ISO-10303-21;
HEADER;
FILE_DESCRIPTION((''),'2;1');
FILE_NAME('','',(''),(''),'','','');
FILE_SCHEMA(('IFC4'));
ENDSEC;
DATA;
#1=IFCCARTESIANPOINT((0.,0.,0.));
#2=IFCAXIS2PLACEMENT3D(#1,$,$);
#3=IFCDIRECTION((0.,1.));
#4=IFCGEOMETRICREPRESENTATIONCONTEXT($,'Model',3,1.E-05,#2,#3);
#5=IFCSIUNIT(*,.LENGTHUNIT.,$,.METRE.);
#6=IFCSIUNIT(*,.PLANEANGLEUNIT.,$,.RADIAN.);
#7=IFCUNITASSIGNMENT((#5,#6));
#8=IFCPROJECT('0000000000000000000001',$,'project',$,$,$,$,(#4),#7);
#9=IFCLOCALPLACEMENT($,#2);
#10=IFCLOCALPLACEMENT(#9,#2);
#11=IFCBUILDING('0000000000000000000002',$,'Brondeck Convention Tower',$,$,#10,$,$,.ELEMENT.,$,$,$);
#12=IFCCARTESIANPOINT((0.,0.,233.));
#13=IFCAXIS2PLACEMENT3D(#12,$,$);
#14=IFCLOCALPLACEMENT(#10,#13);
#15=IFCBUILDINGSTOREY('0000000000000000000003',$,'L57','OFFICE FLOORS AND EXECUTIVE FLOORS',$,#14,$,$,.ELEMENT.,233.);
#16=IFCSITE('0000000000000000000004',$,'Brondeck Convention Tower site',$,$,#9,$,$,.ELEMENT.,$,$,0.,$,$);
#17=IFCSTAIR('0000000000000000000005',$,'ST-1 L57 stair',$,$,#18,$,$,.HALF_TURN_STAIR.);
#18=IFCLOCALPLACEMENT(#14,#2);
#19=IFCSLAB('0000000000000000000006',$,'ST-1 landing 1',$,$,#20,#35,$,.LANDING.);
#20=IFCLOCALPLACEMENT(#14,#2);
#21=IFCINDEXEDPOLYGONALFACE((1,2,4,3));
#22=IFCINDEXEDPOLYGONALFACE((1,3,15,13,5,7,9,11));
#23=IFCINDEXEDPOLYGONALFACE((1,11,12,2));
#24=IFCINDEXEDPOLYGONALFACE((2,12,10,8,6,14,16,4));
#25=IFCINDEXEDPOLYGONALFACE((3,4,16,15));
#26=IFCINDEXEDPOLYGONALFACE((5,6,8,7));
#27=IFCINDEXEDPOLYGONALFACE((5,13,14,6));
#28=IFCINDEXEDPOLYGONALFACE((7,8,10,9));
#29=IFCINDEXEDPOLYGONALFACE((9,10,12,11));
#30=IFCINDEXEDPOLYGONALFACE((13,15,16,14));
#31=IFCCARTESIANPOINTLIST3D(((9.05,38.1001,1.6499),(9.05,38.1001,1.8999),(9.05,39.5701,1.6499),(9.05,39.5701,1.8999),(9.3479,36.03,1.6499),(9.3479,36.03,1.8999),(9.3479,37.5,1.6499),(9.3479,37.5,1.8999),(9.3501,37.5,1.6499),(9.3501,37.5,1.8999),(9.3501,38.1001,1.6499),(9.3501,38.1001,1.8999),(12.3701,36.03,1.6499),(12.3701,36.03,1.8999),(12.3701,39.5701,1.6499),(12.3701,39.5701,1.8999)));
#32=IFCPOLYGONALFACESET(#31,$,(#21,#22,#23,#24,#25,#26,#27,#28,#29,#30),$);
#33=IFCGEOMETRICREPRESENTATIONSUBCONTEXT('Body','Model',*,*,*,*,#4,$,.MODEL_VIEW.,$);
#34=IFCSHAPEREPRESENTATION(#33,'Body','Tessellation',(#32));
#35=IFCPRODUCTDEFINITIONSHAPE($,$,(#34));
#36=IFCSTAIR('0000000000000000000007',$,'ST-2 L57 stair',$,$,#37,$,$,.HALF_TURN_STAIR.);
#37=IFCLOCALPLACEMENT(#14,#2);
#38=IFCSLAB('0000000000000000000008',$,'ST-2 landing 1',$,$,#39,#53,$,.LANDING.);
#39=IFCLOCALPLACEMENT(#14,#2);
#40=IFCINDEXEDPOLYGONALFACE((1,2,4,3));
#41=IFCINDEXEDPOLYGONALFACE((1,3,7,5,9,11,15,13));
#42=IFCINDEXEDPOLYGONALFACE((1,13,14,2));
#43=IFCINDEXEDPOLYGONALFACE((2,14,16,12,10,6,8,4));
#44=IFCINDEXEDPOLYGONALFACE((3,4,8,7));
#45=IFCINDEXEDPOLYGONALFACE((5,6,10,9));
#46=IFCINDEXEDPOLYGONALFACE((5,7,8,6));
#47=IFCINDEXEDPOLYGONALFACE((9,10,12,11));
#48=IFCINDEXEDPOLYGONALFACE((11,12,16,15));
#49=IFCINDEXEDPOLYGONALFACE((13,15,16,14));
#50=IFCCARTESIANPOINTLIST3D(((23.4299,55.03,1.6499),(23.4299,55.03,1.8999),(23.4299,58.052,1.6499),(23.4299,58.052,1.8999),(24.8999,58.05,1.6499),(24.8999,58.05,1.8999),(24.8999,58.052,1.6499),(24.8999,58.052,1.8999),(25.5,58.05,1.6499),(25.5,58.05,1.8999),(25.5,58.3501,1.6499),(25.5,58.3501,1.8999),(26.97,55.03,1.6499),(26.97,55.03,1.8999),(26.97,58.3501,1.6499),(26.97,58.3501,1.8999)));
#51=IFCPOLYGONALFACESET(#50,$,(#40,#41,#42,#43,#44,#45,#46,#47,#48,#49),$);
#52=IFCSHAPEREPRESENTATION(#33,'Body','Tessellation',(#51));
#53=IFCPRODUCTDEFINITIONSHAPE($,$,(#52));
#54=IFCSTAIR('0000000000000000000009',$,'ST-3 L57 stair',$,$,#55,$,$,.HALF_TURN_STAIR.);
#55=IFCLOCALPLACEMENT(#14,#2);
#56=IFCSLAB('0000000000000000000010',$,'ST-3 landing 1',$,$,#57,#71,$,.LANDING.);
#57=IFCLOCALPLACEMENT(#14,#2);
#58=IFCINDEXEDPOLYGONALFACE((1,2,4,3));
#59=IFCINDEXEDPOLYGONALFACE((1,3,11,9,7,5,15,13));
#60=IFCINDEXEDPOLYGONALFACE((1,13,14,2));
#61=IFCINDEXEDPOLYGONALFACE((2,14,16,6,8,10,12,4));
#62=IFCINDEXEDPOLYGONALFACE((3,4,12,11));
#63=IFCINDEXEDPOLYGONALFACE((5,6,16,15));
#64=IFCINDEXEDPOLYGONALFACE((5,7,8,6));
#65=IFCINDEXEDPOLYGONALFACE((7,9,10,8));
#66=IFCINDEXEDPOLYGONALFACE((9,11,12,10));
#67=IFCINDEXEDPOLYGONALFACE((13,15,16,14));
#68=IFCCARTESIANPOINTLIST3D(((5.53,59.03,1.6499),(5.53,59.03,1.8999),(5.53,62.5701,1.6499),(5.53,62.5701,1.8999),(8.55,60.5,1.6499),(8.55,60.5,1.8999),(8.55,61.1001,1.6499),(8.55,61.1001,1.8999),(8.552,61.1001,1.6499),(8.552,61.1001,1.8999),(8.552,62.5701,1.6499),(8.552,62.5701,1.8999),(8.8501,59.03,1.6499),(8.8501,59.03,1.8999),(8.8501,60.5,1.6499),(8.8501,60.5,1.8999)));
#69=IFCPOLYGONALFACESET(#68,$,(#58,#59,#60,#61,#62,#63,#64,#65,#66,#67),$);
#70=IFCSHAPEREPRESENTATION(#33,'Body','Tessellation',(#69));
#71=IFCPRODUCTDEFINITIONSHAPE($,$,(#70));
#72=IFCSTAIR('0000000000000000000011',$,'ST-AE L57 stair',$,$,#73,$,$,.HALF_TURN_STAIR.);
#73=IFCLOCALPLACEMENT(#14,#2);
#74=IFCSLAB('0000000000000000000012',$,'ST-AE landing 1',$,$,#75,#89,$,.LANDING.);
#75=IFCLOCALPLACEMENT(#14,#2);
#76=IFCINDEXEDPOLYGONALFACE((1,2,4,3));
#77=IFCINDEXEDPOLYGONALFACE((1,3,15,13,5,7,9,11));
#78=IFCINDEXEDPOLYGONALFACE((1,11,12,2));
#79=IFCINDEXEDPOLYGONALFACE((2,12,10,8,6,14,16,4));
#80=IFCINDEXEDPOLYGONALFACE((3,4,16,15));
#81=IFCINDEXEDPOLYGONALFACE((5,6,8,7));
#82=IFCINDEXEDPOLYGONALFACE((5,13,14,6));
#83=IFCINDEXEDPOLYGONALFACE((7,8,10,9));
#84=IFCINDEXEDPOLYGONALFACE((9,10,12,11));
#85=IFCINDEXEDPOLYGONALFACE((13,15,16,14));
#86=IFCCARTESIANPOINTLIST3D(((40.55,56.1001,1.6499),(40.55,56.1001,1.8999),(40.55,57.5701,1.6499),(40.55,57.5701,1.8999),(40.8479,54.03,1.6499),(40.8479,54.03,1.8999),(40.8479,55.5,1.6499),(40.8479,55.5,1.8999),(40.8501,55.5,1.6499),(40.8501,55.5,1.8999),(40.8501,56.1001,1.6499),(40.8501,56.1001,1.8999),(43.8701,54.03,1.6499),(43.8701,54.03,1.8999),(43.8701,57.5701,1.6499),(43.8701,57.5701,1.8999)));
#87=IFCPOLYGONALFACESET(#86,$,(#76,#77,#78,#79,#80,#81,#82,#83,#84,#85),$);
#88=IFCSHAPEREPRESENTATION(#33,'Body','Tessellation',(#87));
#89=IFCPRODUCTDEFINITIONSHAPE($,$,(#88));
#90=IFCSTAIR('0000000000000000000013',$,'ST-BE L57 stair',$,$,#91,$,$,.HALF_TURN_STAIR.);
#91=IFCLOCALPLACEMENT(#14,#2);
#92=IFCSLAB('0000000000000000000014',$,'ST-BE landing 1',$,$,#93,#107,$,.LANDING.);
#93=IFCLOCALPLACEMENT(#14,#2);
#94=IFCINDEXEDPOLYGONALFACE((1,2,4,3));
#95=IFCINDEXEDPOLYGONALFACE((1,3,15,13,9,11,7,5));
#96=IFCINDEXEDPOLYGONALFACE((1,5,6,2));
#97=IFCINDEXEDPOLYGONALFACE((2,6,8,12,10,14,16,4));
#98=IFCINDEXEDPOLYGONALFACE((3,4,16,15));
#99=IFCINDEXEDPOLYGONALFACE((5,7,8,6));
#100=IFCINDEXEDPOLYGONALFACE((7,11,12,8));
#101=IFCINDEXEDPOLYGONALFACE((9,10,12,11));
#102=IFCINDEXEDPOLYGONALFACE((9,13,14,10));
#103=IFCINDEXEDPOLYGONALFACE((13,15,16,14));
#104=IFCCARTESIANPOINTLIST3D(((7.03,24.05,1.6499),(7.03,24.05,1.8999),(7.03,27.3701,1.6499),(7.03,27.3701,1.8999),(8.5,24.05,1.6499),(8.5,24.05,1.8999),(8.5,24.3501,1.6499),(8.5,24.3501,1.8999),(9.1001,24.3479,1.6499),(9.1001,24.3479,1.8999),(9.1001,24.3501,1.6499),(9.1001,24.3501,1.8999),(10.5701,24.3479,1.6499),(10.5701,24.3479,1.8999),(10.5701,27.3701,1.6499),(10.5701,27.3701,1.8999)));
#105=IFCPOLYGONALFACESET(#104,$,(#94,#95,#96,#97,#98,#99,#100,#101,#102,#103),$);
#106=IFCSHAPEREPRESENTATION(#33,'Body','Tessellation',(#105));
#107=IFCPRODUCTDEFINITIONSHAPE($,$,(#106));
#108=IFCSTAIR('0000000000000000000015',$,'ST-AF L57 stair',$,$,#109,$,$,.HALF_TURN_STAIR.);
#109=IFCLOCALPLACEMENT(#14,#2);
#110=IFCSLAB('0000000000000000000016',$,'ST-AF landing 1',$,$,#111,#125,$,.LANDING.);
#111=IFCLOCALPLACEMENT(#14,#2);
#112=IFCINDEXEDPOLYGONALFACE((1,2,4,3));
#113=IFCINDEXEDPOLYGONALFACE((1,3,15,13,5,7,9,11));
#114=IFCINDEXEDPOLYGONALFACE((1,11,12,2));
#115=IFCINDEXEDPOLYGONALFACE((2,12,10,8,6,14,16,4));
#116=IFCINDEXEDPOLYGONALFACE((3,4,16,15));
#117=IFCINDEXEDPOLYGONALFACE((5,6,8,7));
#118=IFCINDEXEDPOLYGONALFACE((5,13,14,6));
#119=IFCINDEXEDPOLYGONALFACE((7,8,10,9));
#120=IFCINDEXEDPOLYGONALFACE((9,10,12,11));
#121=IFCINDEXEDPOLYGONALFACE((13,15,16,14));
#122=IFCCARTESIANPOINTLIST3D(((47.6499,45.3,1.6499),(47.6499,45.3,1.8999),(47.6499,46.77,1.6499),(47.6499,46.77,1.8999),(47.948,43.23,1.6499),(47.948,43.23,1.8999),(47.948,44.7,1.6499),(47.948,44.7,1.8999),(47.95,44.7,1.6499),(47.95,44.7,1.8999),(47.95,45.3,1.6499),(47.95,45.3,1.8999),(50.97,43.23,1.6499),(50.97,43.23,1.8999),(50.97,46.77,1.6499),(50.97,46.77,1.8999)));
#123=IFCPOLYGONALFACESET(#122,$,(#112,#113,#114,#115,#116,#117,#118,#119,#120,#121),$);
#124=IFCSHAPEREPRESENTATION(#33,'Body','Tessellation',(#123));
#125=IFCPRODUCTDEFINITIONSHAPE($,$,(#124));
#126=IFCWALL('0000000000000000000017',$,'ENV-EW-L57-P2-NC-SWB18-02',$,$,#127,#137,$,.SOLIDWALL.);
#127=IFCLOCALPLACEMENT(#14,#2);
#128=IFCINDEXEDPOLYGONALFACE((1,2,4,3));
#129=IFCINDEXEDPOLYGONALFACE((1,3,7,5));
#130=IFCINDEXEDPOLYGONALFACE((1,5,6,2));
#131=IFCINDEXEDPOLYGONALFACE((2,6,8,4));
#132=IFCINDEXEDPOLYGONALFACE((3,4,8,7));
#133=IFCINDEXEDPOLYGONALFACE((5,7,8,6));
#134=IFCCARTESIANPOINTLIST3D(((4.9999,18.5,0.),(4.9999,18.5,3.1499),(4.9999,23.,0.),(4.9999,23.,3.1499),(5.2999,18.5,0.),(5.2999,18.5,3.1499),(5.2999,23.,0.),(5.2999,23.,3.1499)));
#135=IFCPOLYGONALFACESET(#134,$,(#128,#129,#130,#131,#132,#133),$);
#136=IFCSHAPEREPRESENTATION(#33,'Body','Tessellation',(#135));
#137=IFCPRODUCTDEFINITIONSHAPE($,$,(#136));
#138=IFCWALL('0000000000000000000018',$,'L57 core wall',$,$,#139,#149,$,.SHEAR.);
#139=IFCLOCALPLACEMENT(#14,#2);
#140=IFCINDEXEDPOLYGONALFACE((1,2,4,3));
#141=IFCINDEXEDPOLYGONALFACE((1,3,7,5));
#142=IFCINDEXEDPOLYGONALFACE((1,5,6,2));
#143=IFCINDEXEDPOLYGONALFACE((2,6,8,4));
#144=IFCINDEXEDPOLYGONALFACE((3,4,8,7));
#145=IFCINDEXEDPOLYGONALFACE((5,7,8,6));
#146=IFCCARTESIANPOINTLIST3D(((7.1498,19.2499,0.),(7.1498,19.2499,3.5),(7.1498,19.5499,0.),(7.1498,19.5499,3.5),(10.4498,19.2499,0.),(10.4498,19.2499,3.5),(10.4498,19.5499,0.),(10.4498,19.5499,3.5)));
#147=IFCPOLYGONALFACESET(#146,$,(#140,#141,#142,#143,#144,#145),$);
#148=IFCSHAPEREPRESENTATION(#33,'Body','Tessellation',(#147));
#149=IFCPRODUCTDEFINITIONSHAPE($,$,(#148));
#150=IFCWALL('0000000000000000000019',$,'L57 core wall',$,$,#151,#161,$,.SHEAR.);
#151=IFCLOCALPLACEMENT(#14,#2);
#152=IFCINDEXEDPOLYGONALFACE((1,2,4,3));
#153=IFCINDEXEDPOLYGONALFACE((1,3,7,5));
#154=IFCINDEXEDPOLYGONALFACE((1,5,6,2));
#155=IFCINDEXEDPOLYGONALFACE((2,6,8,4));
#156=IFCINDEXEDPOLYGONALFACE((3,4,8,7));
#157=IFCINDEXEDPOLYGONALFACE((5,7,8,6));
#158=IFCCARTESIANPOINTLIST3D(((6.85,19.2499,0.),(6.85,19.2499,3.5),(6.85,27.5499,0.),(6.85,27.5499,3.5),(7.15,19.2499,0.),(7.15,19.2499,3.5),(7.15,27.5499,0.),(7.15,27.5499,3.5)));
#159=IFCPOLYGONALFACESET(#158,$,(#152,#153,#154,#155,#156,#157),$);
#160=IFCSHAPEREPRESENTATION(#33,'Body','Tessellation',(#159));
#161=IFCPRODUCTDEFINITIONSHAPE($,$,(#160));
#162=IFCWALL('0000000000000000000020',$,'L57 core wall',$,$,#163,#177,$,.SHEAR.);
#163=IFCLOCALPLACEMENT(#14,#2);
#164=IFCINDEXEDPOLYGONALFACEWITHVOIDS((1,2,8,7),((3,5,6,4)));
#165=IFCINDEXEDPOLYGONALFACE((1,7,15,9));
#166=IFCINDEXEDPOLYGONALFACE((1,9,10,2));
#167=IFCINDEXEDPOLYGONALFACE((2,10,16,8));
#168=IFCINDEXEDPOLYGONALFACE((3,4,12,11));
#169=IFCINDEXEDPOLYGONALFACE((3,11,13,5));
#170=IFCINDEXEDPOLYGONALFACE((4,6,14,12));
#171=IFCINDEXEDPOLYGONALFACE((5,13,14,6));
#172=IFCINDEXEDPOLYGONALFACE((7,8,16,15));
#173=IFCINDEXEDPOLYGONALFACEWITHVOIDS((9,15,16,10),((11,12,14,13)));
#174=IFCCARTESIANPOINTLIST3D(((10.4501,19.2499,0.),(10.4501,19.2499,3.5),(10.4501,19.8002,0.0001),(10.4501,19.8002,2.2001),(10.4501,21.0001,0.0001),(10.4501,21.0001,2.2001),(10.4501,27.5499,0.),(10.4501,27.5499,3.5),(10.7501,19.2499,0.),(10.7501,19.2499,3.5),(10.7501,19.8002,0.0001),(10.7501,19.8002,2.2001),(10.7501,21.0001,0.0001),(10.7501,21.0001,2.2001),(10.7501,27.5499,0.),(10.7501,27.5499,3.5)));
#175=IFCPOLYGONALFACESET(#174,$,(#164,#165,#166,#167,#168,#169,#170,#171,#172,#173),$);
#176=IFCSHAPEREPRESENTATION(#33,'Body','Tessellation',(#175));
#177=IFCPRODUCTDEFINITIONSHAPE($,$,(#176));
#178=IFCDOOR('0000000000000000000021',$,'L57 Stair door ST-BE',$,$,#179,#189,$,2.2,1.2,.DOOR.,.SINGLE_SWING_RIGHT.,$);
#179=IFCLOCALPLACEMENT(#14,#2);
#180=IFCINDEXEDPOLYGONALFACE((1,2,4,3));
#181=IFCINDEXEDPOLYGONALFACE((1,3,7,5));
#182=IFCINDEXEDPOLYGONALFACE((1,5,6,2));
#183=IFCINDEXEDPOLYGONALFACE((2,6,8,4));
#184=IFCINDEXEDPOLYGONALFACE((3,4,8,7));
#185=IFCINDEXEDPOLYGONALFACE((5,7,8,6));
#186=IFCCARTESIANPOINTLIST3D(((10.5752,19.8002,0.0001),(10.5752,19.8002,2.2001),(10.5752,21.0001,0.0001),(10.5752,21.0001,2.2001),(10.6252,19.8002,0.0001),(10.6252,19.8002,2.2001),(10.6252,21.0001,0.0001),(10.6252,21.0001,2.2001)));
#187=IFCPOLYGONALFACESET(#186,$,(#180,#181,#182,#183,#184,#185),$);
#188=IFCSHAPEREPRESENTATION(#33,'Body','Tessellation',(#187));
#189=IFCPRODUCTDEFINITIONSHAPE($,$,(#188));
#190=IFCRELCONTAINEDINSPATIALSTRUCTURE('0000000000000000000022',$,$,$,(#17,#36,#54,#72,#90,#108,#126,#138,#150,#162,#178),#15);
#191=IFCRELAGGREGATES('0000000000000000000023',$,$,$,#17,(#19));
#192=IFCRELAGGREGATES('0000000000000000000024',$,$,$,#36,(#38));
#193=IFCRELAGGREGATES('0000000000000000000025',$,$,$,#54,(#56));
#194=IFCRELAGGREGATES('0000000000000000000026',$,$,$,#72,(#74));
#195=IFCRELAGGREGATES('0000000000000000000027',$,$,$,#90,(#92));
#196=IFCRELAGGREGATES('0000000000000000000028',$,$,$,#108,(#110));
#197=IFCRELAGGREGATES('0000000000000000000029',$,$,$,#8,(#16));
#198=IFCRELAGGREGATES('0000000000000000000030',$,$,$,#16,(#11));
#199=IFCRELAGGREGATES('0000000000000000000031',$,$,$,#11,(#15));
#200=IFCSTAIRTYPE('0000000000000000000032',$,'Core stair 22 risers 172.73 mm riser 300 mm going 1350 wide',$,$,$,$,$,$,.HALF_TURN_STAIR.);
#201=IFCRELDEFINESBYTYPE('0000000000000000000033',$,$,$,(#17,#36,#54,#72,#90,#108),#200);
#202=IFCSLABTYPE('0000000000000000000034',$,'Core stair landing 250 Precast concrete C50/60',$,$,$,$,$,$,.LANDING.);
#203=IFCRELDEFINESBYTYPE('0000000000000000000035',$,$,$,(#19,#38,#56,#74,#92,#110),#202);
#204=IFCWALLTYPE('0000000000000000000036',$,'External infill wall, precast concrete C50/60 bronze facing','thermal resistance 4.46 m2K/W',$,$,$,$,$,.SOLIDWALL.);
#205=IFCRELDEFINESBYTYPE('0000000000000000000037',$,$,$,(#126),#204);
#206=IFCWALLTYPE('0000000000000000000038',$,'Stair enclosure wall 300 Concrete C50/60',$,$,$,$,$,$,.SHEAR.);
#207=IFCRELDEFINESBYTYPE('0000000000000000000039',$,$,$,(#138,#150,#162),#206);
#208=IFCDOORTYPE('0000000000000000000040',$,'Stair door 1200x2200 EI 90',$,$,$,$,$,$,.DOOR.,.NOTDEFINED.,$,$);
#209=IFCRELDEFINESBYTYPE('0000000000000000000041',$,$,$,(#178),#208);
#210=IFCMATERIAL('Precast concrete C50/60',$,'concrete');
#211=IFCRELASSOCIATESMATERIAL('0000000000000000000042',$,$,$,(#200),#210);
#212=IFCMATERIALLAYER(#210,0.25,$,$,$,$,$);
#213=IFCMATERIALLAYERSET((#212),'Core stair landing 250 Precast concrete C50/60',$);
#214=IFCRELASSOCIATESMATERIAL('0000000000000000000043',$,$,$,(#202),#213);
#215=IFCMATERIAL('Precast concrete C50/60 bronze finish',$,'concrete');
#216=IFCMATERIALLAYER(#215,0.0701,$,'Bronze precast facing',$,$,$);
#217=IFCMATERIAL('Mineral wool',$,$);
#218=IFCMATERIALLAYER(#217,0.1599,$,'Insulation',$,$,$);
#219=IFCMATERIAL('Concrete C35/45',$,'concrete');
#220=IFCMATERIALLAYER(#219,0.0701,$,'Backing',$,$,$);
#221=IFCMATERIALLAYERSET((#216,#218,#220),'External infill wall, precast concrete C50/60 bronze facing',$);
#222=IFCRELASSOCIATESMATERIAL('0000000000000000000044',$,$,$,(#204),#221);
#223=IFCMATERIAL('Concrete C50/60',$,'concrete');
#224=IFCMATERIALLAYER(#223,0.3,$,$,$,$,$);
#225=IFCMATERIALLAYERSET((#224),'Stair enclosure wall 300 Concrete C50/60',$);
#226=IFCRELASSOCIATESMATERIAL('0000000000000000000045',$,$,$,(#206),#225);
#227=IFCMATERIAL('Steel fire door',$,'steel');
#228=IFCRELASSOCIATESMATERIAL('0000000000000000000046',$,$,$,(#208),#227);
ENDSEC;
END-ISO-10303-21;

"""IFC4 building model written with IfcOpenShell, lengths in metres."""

from ifc_helpers import new_model, si_unit, direction, frame, frame_2d, origin, place, context, subcontext, project, spatial, polyline, rectangle, outline, extrude, material, layer, layer_set, type_object, element, fill, aggregate, save


model = new_model("IFC4")

# Units and contexts
model_context = context("Model", 3, precision=1e-05, world=origin(), true_north=direction((0.0, 1.0)))
body_context = subcontext(model_context, "Body", "Model", "MODEL_VIEW")
ifc_project = project(units=[si_unit("LENGTHUNIT", "METRE"), si_unit("PLANEANGLEUNIT", "RADIAN")], contexts=[model_context])

# Site, building, storey
site_placement = place(None, origin())
site = spatial("IfcSite", under=ifc_project, at=site_placement, Name="Brondeck Convention Tower site", CompositionType="ELEMENT", RefElevation=0.0)
building_placement = place(site_placement, origin())
building = spatial("IfcBuilding", under=site, at=building_placement, Name="Brondeck Convention Tower", CompositionType="ELEMENT")
storey_placement = place(building_placement, frame((0.0, 0.0, 233.0)))
storey = spatial("IfcBuildingStorey", under=building, at=storey_placement, Name="L57", Description="OFFICE FLOORS AND EXECUTIVE FLOORS", CompositionType="ELEMENT", Elevation=233.0)

# Shared definitions
ifc_material_1 = material(Name="Concrete C50/60", Category="concrete")

# Shared definitions
ifc_material_2 = material(Name="Concrete C35/45", Category="concrete")

# Stairs, slabs
ifc_material_3 = material(Name="Precast concrete C50/60", Category="concrete")
stair_type = type_object("IfcStairType", Name="Core stair 22 risers 172.73 mm riser 300 mm going 1350 wide", PredefinedType="HALF_TURN_STAIR", material=ifc_material_3)
stair_1_placement = place(storey_placement, origin())
stair_1 = element("IfcStair", 1, at=stair_1_placement, inside=storey, type_object=stair_type, Name="ST-1 L57 stair", PredefinedType="HALF_TURN_STAIR")
ifc_layer_1 = layer(ifc_material_3, 0.25)
ifc_layer_set_1 = layer_set([ifc_layer_1], Name="Core stair landing 250 Precast concrete C50/60")
slab_type_1 = type_object("IfcSlabType", Name="Core stair landing 250 Precast concrete C50/60", PredefinedType="LANDING", material=ifc_layer_set_1)
slab_1_placement = place(storey_placement, frame((0.0, 0.0, 1.6499)))
slab_1 = element("IfcSlab", 2, at=slab_1_placement, type_object=slab_type_1, Name="ST-1 landing 1", PredefinedType="LANDING", context=body_context, shape_type="SweptSolid", body=[
    extrude(outline(polyline([(9.3479, 37.5), (9.3501, 37.5), (9.3501, 38.1001), (9.05, 38.1001), (9.05, 39.5701), (12.3701, 39.5701), (12.3701, 36.03), (9.3479, 36.03), (9.3479, 37.5)])), origin(), (0.0, 0.0, 1.0), 0.25),
])
aggregate(stair_1, [slab_1])
stair_2_placement = place(storey_placement, origin())
stair_2 = element("IfcStair", 3, at=stair_2_placement, inside=storey, type_object=stair_type, Name="ST-2 L57 stair", PredefinedType="HALF_TURN_STAIR")
slab_2_placement = place(storey_placement, frame((0.0, 0.0, 1.6499)))
slab_2 = element("IfcSlab", 4, at=slab_2_placement, type_object=slab_type_1, Name="ST-2 landing 1", PredefinedType="LANDING", context=body_context, shape_type="SweptSolid", body=[
    extrude(outline(polyline([(23.4299, 58.052), (24.8999, 58.052), (24.8999, 58.05), (25.5, 58.05), (25.5, 58.3501), (26.97, 58.3501), (26.97, 55.03), (23.4299, 55.03), (23.4299, 58.052)])), origin(), (0.0, 0.0, 1.0), 0.25),
])
aggregate(stair_2, [slab_2])
stair_3_placement = place(storey_placement, origin())
stair_3 = element("IfcStair", 5, at=stair_3_placement, inside=storey, type_object=stair_type, Name="ST-3 L57 stair", PredefinedType="HALF_TURN_STAIR")
slab_3_placement = place(storey_placement, frame((0.0, 0.0, 1.6499)))
slab_3 = element("IfcSlab", 6, at=slab_3_placement, type_object=slab_type_1, Name="ST-3 landing 1", PredefinedType="LANDING", context=body_context, shape_type="SweptSolid", body=[
    extrude(outline(polyline([(8.8501, 60.5), (8.8501, 59.03), (5.53, 59.03), (5.53, 62.5701), (8.552, 62.5701), (8.552, 61.1001), (8.55, 61.1001), (8.55, 60.5), (8.8501, 60.5)])), origin(), (0.0, 0.0, 1.0), 0.25),
])
aggregate(stair_3, [slab_3])
stair_4_placement = place(storey_placement, origin())
stair_4 = element("IfcStair", 7, at=stair_4_placement, inside=storey, type_object=stair_type, Name="ST-AE L57 stair", PredefinedType="HALF_TURN_STAIR")
slab_4_placement = place(storey_placement, frame((0.0, 0.0, 1.6499)))
slab_4 = element("IfcSlab", 8, at=slab_4_placement, type_object=slab_type_1, Name="ST-AE landing 1", PredefinedType="LANDING", context=body_context, shape_type="SweptSolid", body=[
    extrude(outline(polyline([(40.8479, 55.5), (40.8501, 55.5), (40.8501, 56.1001), (40.55, 56.1001), (40.55, 57.5701), (43.8701, 57.5701), (43.8701, 54.03), (40.8479, 54.03), (40.8479, 55.5)])), origin(), (0.0, 0.0, 1.0), 0.25),
])
aggregate(stair_4, [slab_4])
stair_5_placement = place(storey_placement, origin())
stair_5 = element("IfcStair", 9, at=stair_5_placement, inside=storey, type_object=stair_type, Name="ST-BE L57 stair", PredefinedType="HALF_TURN_STAIR")
slab_5_placement = place(storey_placement, frame((0.0, 0.0, 1.6499)))
slab_5 = element("IfcSlab", 10, at=slab_5_placement, type_object=slab_type_1, Name="ST-BE landing 1", PredefinedType="LANDING", context=body_context, shape_type="SweptSolid", body=[
    extrude(outline(polyline([(7.03, 24.05), (7.03, 27.3701), (10.5701, 27.3701), (10.5701, 24.3479), (9.1001, 24.3479), (9.1001, 24.3501), (8.5, 24.3501), (8.5, 24.05), (7.03, 24.05)])), origin(), (0.0, 0.0, 1.0), 0.25),
])
aggregate(stair_5, [slab_5])
stair_6_placement = place(storey_placement, origin())
stair_6 = element("IfcStair", 11, at=stair_6_placement, inside=storey, type_object=stair_type, Name="ST-AF L57 stair", PredefinedType="HALF_TURN_STAIR")
slab_6_placement = place(storey_placement, frame((0.0, 0.0, 1.6499)))
slab_6 = element("IfcSlab", 12, at=slab_6_placement, type_object=slab_type_1, Name="ST-AF landing 1", PredefinedType="LANDING", context=body_context, shape_type="SweptSolid", body=[
    extrude(outline(polyline([(47.948, 44.7), (47.95, 44.7), (47.95, 45.3), (47.6499, 45.3), (47.6499, 46.77), (50.97, 46.77), (50.97, 43.23), (47.948, 43.23), (47.948, 44.7)])), origin(), (0.0, 0.0, 1.0), 0.25),
])
aggregate(stair_6, [slab_6])

# Walls
ifc_material_4 = material(Name="Precast concrete C50/60 bronze finish", Category="concrete")
ifc_layer_2 = layer(ifc_material_4, 0.0701, Name="Bronze precast facing")
ifc_material_5 = material(Name="Mineral wool")
ifc_layer_3 = layer(ifc_material_5, 0.1599, Name="Insulation")
ifc_layer_4 = layer(ifc_material_2, 0.0701, Name="Backing")
ifc_layer_set_2 = layer_set([ifc_layer_2, ifc_layer_3, ifc_layer_4], Name="External infill wall, precast concrete C50/60 bronze facing")
wall_type_1 = type_object("IfcWallType", Name="External infill wall, precast concrete C50/60 bronze facing", Description="thermal resistance 4.46 m2K/W", PredefinedType="SOLIDWALL", material=ifc_layer_set_2)
wall_1_placement = place(storey_placement, frame((5.1499, 18.5, 0.0), z_axis=(0.0, 0.0, 1.0), x_axis=(0.0, 1.0, 0.0)))
element("IfcWall", 13, at=wall_1_placement, inside=storey, type_object=wall_type_1, Name="ENV-EW-L57-P2-NC-SWB18-02", PredefinedType="SOLIDWALL", context=body_context, shape_type="SweptSolid", body=[
    extrude(rectangle(XDim=4.5, YDim=0.3, at=frame_2d((2.25, 0.0))), origin(), (0.0, 0.0, 1.0), 3.1499),
])
ifc_layer_5 = layer(ifc_material_1, 0.3)
ifc_layer_set_3 = layer_set([ifc_layer_5], Name="Stair enclosure wall 300 Concrete C50/60")
wall_type_2 = type_object("IfcWallType", Name="Stair enclosure wall 300 Concrete C50/60", PredefinedType="SHEAR", material=ifc_layer_set_3)
wall_2_placement = place(storey_placement, frame((7.1499, 19.3999, 0.0), z_axis=(0.0, 0.0, 1.0), x_axis=(1.0, 0.0, 0.0)))
element("IfcWall", 14, at=wall_2_placement, inside=storey, type_object=wall_type_2, Name="L57 core wall", PredefinedType="SHEAR", context=body_context, shape_type="SweptSolid", body=[
    extrude(rectangle(XDim=3.3, YDim=0.3, at=frame_2d((1.6499, 0.0))), origin(), (0.0, 0.0, 1.0), 3.5),
])
wall_3_placement = place(storey_placement, frame((7.0, 19.25, 0.0), z_axis=(0.0, 0.0, 1.0), x_axis=(0.0, 1.0, 0.0)))
element("IfcWall", 15, at=wall_3_placement, inside=storey, type_object=wall_type_2, Name="L57 core wall", PredefinedType="SHEAR", context=body_context, shape_type="SweptSolid", body=[
    extrude(rectangle(XDim=8.3, YDim=0.3, at=frame_2d((4.1499, 0.0))), origin(), (0.0, 0.0, 1.0), 3.5),
])

# Wall, opening, door
wall_4_placement = place(storey_placement, frame((10.6001, 19.25, 0.0), z_axis=(0.0, 0.0, 1.0), x_axis=(0.0, 1.0, 0.0)))
wall_4 = element("IfcWall", 16, at=wall_4_placement, inside=storey, type_object=wall_type_2, Name="L57 core wall", PredefinedType="SHEAR", context=body_context, shape_type="SweptSolid", body=[
    extrude(rectangle(XDim=8.3, YDim=0.3, at=frame_2d((4.1499, 0.0))), origin(), (0.0, 0.0, 1.0), 3.5),
])
opening_placement = place(wall_4_placement, frame((0.55, 0.0, 0.0)))
opening = element("IfcOpeningElement", 17, at=opening_placement, cuts=wall_4, PredefinedType="OPENING", context=body_context, shape_type="SweptSolid", body=[
    extrude(rectangle(XDim=1.2, YDim=2.2, at=frame_2d((0.6001, 1.1001))), frame((0.0, 0.1599, 0.0), z_axis=(0.0, -1.0, 0.0), x_axis=(1.0, 0.0, 0.0)), (0.0, 0.0, 1.0), 0.3201),
])
ifc_material_6 = material(Name="Steel fire door", Category="steel")
door_type = type_object("IfcDoorType", Name="Stair door 1200x2200 EI 90", OperationType="NOTDEFINED", PredefinedType="DOOR", material=ifc_material_6)
door_placement = place(opening_placement, origin())
door = element("IfcDoor", 18, at=door_placement, inside=storey, type_object=door_type, Name="L57 Stair door ST-BE", OperationType="SINGLE_SWING_RIGHT", OverallHeight=2.2, OverallWidth=1.2, PredefinedType="DOOR", context=body_context, shape_type="SweptSolid", body=[
    extrude(rectangle(XDim=1.2, YDim=2.2, at=frame_2d((0.6001, 1.1001))), frame((0.0, 0.0249, 0.0), z_axis=(0.0, -1.0, 0.0), x_axis=(1.0, 0.0, 0.0)), (0.0, 0.0, 1.0), 0.05),
])
fill(opening, door)

save(model, "model.ifc")
